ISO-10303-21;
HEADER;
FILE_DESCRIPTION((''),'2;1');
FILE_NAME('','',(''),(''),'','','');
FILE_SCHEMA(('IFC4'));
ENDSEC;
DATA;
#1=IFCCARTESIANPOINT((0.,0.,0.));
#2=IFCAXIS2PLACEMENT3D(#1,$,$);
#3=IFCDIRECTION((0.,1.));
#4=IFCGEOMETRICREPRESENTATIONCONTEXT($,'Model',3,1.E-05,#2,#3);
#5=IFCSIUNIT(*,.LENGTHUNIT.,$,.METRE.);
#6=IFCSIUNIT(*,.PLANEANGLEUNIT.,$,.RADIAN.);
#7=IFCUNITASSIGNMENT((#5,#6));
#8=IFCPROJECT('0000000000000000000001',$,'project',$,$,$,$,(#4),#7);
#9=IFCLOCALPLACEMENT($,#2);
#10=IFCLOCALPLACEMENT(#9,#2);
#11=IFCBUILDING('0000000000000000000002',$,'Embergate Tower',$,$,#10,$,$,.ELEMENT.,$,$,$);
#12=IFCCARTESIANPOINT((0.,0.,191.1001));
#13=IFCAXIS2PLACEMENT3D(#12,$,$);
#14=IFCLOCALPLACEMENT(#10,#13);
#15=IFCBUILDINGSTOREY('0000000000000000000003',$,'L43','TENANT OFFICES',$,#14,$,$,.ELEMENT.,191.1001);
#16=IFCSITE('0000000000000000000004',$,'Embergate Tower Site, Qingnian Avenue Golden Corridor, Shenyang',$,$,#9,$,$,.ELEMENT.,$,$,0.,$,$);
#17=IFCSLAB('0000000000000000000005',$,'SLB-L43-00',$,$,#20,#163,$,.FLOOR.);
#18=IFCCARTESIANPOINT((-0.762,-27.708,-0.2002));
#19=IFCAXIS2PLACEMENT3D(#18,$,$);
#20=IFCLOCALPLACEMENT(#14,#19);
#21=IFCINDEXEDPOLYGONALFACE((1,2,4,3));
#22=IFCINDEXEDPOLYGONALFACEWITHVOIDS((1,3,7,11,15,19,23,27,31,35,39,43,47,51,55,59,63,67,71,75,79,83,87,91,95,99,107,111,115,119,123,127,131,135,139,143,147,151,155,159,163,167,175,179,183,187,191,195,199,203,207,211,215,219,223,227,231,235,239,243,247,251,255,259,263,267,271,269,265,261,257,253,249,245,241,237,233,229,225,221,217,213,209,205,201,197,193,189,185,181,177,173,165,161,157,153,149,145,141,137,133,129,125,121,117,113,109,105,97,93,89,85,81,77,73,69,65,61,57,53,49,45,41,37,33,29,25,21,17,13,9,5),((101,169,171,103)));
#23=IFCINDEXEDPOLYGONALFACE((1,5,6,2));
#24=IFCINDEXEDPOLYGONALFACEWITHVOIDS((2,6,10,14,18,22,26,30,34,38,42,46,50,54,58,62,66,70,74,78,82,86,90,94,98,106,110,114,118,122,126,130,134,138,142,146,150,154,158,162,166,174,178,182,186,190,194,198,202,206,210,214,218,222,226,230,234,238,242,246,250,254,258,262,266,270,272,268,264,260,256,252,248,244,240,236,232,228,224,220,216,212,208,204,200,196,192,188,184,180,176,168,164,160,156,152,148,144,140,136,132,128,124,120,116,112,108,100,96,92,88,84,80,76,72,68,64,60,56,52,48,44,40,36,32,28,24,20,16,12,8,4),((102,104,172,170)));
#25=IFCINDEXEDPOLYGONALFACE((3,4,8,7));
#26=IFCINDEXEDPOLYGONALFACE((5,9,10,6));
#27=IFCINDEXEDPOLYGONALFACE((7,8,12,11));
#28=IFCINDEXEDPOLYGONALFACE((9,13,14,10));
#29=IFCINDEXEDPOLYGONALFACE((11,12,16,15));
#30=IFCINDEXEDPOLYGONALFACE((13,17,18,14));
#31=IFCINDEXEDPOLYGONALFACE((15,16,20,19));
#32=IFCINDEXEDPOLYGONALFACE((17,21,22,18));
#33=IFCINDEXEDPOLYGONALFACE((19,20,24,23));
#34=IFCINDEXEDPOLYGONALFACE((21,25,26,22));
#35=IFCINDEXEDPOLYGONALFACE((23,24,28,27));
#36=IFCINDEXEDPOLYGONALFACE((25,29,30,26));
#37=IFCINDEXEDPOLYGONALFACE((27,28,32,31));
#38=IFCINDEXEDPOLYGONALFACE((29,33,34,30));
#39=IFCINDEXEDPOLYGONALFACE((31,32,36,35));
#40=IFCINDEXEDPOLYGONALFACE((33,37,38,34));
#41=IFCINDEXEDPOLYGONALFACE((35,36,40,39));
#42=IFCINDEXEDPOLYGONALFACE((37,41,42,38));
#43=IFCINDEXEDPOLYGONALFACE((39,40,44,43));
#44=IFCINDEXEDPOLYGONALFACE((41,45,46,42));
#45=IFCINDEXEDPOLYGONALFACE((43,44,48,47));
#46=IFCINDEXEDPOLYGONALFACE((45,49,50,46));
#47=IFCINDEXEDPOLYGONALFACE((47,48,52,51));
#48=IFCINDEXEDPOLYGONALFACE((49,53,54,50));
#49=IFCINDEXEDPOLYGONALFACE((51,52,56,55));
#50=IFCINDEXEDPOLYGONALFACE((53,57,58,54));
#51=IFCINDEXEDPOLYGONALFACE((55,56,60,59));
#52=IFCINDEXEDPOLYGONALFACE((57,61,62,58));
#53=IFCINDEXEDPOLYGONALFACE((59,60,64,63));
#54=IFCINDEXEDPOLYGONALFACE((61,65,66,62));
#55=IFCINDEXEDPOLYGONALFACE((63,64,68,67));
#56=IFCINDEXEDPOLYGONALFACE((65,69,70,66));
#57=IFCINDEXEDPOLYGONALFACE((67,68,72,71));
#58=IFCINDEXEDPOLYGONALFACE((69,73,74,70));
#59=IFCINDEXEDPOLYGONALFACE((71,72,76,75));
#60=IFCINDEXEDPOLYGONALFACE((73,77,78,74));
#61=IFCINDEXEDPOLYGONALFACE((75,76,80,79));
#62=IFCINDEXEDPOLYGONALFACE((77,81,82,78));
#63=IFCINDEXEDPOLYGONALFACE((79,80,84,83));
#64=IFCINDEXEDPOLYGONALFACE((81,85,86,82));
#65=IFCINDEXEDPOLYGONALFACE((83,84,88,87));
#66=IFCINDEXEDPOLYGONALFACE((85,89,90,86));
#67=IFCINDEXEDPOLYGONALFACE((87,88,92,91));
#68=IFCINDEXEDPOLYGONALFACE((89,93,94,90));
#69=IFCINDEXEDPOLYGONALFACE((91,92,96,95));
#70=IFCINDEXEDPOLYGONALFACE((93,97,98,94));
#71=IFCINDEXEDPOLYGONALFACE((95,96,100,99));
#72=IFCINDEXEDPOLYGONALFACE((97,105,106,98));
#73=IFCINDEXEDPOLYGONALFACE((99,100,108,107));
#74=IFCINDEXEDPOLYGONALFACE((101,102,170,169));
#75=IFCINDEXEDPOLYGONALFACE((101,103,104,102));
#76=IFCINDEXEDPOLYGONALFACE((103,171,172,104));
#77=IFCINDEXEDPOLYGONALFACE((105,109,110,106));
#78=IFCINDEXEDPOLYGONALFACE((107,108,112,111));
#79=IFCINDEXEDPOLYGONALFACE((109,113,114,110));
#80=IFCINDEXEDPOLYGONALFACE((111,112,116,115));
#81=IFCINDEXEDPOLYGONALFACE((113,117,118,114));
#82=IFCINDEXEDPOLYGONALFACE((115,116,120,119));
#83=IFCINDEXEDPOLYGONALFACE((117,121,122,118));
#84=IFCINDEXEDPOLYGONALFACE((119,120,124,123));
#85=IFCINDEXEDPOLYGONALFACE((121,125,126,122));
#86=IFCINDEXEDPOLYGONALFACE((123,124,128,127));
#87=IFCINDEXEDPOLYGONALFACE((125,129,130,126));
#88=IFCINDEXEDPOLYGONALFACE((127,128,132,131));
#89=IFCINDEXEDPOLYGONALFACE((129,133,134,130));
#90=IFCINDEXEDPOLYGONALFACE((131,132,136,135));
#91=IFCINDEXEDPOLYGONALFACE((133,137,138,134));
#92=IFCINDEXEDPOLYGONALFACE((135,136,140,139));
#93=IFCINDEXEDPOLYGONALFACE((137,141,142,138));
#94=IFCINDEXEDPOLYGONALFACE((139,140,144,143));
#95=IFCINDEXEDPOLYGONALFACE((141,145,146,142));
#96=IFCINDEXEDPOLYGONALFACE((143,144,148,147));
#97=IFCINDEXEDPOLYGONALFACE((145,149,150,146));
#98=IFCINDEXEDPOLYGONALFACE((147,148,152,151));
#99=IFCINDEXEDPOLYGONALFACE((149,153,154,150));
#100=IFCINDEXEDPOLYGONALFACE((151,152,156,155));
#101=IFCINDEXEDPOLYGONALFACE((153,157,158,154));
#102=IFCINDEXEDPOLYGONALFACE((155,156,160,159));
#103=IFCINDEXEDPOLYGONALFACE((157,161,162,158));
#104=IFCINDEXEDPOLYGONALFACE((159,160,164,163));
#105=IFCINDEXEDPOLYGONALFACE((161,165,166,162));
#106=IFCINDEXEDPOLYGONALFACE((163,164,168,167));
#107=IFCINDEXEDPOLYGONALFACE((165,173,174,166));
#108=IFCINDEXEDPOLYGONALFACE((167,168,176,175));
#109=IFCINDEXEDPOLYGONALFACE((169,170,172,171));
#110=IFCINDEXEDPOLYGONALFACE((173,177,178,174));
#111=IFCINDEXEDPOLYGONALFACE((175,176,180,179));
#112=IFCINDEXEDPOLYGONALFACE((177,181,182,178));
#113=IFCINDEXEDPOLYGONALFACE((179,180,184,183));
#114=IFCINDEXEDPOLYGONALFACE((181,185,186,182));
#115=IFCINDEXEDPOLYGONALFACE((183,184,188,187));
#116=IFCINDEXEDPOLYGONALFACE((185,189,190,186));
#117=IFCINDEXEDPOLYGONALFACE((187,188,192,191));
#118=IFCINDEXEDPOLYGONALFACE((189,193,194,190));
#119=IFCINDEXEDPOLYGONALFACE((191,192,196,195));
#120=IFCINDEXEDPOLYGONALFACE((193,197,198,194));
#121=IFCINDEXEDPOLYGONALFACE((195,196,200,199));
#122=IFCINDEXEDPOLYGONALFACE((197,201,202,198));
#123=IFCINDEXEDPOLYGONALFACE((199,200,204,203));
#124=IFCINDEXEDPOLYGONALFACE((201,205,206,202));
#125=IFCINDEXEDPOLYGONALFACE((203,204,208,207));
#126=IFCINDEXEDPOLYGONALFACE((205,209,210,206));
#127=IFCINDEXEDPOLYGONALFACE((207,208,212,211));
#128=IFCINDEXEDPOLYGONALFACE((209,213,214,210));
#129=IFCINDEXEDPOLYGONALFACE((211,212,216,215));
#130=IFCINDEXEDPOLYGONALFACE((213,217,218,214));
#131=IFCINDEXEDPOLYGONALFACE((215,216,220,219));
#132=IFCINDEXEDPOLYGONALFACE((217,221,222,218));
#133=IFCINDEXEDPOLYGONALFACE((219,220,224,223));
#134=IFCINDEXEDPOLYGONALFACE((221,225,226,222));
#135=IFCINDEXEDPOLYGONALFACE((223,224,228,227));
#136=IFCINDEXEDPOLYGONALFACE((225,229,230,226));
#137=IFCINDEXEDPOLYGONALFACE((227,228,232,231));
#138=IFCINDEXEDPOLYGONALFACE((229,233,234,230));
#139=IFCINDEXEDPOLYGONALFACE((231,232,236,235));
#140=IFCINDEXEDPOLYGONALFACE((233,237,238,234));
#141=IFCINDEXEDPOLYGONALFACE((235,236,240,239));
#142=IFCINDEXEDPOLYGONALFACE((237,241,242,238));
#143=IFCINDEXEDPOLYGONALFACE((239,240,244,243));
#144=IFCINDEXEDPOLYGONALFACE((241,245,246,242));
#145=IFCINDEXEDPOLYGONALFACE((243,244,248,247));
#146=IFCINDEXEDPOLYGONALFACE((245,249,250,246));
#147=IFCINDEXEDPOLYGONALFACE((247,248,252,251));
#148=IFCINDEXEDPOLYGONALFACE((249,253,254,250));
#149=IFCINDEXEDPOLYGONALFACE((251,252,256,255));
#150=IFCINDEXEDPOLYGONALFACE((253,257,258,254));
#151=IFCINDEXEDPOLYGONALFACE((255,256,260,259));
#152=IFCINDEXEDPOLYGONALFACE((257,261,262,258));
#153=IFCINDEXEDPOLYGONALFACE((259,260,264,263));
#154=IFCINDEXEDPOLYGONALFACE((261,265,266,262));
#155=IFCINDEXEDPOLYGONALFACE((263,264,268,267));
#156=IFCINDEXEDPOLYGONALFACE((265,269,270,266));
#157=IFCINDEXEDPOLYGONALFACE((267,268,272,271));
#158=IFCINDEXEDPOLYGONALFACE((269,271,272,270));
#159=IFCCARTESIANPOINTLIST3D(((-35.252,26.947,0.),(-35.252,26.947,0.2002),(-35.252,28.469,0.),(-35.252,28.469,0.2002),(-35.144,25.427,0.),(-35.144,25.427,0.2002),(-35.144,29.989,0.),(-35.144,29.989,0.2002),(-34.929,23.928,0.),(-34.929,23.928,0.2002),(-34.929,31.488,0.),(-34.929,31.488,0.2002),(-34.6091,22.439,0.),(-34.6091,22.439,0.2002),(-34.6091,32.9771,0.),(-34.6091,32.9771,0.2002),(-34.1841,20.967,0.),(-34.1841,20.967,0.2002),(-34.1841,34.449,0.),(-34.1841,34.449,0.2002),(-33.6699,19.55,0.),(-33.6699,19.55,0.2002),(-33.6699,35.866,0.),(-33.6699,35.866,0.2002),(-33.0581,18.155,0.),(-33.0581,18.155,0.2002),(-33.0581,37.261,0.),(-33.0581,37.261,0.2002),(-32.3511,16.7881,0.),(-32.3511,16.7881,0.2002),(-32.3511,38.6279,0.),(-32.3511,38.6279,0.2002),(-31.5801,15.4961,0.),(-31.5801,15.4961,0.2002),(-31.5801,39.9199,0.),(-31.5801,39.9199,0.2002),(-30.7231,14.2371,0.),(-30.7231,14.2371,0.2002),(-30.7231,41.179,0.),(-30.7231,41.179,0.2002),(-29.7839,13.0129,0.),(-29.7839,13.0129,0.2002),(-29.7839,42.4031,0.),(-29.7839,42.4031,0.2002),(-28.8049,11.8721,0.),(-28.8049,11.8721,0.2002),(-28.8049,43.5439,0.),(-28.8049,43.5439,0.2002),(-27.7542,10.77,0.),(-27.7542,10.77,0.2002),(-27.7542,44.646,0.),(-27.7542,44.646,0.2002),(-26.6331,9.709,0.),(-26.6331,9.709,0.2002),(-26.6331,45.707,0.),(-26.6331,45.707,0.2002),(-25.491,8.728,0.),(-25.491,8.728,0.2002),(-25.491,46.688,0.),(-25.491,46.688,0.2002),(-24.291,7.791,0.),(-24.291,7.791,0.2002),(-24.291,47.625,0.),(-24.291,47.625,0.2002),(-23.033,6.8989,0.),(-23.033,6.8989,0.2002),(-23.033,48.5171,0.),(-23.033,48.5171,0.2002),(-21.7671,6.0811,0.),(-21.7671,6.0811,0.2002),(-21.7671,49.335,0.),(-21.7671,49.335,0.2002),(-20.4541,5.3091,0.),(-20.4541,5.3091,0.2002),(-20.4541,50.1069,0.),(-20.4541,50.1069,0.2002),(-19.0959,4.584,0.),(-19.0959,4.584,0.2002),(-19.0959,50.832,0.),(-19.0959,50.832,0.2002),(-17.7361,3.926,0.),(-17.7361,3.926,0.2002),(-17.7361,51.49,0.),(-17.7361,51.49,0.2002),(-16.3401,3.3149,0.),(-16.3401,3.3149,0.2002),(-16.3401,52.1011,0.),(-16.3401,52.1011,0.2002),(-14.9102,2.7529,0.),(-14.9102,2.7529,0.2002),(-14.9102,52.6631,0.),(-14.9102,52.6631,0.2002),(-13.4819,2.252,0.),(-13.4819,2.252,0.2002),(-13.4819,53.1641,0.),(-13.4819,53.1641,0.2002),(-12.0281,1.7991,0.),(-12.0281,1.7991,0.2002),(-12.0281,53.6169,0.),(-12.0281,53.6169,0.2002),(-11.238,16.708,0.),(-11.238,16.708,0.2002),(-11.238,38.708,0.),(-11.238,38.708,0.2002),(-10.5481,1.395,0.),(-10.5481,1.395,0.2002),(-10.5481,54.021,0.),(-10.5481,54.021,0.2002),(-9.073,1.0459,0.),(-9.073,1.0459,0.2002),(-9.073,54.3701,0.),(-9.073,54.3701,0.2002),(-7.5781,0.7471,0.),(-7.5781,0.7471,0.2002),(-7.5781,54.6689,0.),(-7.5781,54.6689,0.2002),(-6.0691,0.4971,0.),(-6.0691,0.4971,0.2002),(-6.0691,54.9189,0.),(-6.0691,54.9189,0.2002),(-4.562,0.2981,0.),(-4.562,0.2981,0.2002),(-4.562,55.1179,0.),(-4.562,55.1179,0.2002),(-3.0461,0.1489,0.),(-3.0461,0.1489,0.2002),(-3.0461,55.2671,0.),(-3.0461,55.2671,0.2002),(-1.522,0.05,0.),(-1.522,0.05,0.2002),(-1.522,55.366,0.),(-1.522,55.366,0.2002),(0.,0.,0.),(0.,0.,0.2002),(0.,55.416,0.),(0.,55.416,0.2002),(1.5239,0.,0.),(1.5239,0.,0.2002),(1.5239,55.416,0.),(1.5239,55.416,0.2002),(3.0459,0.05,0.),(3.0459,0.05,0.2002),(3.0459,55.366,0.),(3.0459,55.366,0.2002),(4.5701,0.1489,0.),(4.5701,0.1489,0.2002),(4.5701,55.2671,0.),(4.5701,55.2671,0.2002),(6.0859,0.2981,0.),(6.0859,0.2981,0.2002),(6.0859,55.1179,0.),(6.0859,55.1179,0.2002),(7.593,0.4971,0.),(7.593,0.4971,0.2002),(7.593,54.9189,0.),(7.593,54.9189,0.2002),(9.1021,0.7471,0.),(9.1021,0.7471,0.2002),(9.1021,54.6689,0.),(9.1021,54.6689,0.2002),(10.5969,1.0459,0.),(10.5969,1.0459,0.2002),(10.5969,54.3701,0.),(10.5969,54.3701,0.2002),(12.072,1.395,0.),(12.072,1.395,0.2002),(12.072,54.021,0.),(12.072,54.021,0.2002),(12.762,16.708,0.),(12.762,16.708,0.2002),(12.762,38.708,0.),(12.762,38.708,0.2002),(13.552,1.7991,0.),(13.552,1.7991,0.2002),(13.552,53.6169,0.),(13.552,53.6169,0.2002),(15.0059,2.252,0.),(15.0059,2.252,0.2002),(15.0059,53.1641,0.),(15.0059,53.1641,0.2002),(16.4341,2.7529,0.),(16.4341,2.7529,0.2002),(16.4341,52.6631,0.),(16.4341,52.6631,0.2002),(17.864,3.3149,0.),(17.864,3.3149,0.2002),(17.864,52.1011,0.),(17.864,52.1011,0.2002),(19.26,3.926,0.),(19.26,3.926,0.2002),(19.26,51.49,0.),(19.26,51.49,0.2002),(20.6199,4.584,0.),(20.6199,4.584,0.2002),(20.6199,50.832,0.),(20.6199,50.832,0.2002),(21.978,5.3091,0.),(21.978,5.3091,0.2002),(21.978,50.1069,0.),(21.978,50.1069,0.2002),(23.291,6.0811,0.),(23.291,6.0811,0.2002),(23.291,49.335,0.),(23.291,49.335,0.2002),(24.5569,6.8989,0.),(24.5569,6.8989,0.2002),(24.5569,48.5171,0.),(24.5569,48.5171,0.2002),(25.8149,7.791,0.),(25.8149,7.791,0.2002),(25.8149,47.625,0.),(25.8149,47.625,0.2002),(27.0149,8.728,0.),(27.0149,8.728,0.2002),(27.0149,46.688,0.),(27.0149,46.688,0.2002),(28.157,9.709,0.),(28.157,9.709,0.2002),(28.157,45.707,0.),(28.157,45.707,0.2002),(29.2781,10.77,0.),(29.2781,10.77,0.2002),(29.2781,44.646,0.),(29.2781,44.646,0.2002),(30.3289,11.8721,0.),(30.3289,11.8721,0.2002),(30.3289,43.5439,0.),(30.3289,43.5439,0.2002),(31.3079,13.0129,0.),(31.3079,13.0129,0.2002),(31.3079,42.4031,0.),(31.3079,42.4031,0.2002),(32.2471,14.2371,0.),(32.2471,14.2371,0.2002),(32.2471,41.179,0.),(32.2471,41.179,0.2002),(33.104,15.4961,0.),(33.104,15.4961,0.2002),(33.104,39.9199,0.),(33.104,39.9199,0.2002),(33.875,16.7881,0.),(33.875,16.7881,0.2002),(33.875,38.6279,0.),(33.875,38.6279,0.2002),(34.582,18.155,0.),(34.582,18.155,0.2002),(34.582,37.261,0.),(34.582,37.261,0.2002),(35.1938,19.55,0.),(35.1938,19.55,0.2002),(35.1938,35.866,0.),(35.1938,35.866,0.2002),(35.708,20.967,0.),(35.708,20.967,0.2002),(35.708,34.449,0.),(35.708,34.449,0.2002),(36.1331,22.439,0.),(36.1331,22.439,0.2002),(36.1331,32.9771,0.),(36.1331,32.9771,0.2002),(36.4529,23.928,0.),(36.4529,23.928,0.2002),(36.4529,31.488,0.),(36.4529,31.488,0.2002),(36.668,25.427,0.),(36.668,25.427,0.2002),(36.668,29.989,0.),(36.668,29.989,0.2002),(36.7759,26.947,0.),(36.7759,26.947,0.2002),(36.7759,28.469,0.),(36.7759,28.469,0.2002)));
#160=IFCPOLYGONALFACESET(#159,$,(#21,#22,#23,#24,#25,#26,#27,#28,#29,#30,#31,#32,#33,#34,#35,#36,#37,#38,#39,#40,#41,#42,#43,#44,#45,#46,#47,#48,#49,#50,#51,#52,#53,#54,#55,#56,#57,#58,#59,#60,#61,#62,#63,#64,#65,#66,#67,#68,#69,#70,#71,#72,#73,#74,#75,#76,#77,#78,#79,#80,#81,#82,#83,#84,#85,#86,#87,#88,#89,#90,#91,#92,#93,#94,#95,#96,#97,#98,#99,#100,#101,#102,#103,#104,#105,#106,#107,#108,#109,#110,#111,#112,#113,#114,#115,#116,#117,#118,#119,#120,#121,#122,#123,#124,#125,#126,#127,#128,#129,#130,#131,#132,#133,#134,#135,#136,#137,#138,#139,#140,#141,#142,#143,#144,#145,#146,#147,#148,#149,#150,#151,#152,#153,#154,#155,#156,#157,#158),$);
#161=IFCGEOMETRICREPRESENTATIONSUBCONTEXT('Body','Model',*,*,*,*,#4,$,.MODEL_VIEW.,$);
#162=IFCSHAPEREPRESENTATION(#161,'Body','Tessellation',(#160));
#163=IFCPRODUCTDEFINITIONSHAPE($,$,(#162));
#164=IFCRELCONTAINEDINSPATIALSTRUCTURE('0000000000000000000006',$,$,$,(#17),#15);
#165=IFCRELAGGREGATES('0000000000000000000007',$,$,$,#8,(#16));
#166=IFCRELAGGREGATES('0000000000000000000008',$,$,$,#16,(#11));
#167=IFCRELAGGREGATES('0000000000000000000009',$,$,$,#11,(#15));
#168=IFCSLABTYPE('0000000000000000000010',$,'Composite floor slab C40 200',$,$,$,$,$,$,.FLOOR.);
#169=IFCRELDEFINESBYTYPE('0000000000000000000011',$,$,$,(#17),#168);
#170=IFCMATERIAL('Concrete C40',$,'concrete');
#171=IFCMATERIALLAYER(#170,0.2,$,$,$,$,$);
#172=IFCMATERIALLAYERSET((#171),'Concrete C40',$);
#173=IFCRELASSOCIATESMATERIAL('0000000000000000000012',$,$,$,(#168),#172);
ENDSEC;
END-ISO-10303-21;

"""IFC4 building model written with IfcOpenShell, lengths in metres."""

from ifc_helpers import new_model, si_unit, direction, frame, origin, place, context, subcontext, project, spatial, polyline, outline, extrude, source, transform, mapped, material, layer, layer_set, type_object, element, save


model = new_model("IFC4")

# Units and contexts
model_context = context("Model", 3, precision=1e-05, world=origin(), true_north=direction((0.0, 1.0)))
body_context = subcontext(model_context, "Body", "Model", "MODEL_VIEW")
ifc_project = project(units=[si_unit("LENGTHUNIT", "METRE"), si_unit("PLANEANGLEUNIT", "RADIAN")], contexts=[model_context])

# Site, building, storey
site_placement = place(None, origin())
site = spatial("IfcSite", under=ifc_project, at=site_placement, Name="Embergate Tower Site, Qingnian Avenue Golden Corridor, Shenyang", CompositionType="ELEMENT", RefElevation=0.0)
building_placement = place(site_placement, origin())
building = spatial("IfcBuilding", under=site, at=building_placement, Name="Embergate Tower", CompositionType="ELEMENT")
storey_placement = place(building_placement, frame((0.0, 0.0, 191.1001)))
storey = spatial("IfcBuildingStorey", under=building, at=storey_placement, Name="L43", Description="TENANT OFFICES", CompositionType="ELEMENT", Elevation=191.1001)

# Slab
ifc_material_1 = material(Name="Concrete C40", Category="concrete")
ifc_layer_1 = layer(ifc_material_1, 0.2)
ifc_layer_set_1 = layer_set([ifc_layer_1], Name="Concrete C40")
slab_type = type_object("IfcSlabType", Name="Composite floor slab C40 200", PredefinedType="FLOOR", material=ifc_layer_set_1)
shared_shape_1 = source(origin(), body_context, "Body", "SweptSolid", [
    extrude(outline(polyline([(0.0, 0.0), (1.5239, 0.0), (3.0459, 0.05), (4.5701, 0.1489), (6.0859, 0.2981), (7.593, 0.4971), (9.1021, 0.7471), (10.5969, 1.0459), (12.072, 1.395), (13.552, 1.7991), (15.0059, 2.252), (16.4341, 2.7529), (17.864, 3.3149), (19.26, 3.926), (20.6199, 4.584), (21.978, 5.3091), (23.291, 6.0811), (24.5569, 6.8989), (25.8149, 7.791), (27.0149, 8.728), (28.157, 9.709), (29.2781, 10.77), (30.3289, 11.8721), (31.3079, 13.0129), (32.2471, 14.2371), (33.104, 15.4961), (33.875, 16.7881), (34.582, 18.155), (35.1938, 19.55), (35.708, 20.967), (36.1331, 22.439), (36.4529, 23.928), (36.668, 25.427), (36.7759, 26.947), (36.7759, 28.469), (36.668, 29.989), (36.4529, 31.488), (36.1331, 32.9771), (35.708, 34.449), (35.1938, 35.866), (34.582, 37.261), (33.875, 38.6279), (33.104, 39.9199), (32.2471, 41.179), (31.3079, 42.4031), (30.3289, 43.5439), (29.2781, 44.646), (28.157, 45.707), (27.0149, 46.688), (25.8149, 47.625), (24.5569, 48.5171), (23.291, 49.335), (21.978, 50.1069), (20.6199, 50.832), (19.26, 51.49), (17.864, 52.1011), (16.4341, 52.6631), (15.0059, 53.1641), (13.552, 53.6169), (12.072, 54.021), (10.5969, 54.3701), (9.1021, 54.6689), (7.593, 54.9189), (6.0859, 55.1179), (4.5701, 55.2671), (3.0459, 55.366), (1.5239, 55.416), (0.0, 55.416), (-1.522, 55.366), (-3.0461, 55.2671), (-4.562, 55.1179), (-6.0691, 54.9189), (-7.5781, 54.6689), (-9.073, 54.3701), (-10.5481, 54.021), (-12.0281, 53.6169), (-13.4819, 53.1641), (-14.9102, 52.6631), (-16.3401, 52.1011), (-17.7361, 51.49), (-19.0959, 50.832), (-20.4541, 50.1069), (-21.7671, 49.335), (-23.033, 48.5171), (-24.291, 47.625), (-25.491, 46.688), (-26.6331, 45.707), (-27.7542, 44.646), (-28.8049, 43.5439), (-29.7839, 42.4031), (-30.7231, 41.179), (-31.5801, 39.9199), (-32.3511, 38.6279), (-33.0581, 37.261), (-33.6699, 35.866), (-34.1841, 34.449), (-34.6091, 32.9771), (-34.929, 31.488), (-35.144, 29.989), (-35.252, 28.469), (-35.252, 26.947), (-35.144, 25.427), (-34.929, 23.928), (-34.6091, 22.439), (-34.1841, 20.967), (-33.6699, 19.55), (-33.0581, 18.155), (-32.3511, 16.7881), (-31.5801, 15.4961), (-30.7231, 14.2371), (-29.7839, 13.0129), (-28.8049, 11.8721), (-27.7542, 10.77), (-26.6331, 9.709), (-25.491, 8.728), (-24.291, 7.791), (-23.033, 6.8989), (-21.7671, 6.0811), (-20.4541, 5.3091), (-19.0959, 4.584), (-17.7361, 3.926), (-16.3401, 3.3149), (-14.9102, 2.7529), (-13.4819, 2.252), (-12.0281, 1.7991), (-10.5481, 1.395), (-9.073, 1.0459), (-7.5781, 0.7471), (-6.0691, 0.4971), (-4.562, 0.2981), (-3.0461, 0.1489), (-1.522, 0.05), (0.0, 0.0)]), holes=[polyline([(-11.238, 16.708), (-11.238, 38.708), (12.762, 38.708), (12.762, 16.708), (-11.238, 16.708)])]), origin(), (0.0, 0.0, 1.0), 0.2002),
])
slab_placement = place(storey_placement, frame((-0.762, -27.708, -0.2002)))
element("IfcSlab", 1, at=slab_placement, inside=storey, type_object=slab_type, Name="SLB-L43-00", PredefinedType="FLOOR", context=body_context, shape_type="MappedRepresentation", body=[
    mapped(shared_shape_1, transform((0.0, 0.0, 0.0))),
])

save(model, "model.ifc")
